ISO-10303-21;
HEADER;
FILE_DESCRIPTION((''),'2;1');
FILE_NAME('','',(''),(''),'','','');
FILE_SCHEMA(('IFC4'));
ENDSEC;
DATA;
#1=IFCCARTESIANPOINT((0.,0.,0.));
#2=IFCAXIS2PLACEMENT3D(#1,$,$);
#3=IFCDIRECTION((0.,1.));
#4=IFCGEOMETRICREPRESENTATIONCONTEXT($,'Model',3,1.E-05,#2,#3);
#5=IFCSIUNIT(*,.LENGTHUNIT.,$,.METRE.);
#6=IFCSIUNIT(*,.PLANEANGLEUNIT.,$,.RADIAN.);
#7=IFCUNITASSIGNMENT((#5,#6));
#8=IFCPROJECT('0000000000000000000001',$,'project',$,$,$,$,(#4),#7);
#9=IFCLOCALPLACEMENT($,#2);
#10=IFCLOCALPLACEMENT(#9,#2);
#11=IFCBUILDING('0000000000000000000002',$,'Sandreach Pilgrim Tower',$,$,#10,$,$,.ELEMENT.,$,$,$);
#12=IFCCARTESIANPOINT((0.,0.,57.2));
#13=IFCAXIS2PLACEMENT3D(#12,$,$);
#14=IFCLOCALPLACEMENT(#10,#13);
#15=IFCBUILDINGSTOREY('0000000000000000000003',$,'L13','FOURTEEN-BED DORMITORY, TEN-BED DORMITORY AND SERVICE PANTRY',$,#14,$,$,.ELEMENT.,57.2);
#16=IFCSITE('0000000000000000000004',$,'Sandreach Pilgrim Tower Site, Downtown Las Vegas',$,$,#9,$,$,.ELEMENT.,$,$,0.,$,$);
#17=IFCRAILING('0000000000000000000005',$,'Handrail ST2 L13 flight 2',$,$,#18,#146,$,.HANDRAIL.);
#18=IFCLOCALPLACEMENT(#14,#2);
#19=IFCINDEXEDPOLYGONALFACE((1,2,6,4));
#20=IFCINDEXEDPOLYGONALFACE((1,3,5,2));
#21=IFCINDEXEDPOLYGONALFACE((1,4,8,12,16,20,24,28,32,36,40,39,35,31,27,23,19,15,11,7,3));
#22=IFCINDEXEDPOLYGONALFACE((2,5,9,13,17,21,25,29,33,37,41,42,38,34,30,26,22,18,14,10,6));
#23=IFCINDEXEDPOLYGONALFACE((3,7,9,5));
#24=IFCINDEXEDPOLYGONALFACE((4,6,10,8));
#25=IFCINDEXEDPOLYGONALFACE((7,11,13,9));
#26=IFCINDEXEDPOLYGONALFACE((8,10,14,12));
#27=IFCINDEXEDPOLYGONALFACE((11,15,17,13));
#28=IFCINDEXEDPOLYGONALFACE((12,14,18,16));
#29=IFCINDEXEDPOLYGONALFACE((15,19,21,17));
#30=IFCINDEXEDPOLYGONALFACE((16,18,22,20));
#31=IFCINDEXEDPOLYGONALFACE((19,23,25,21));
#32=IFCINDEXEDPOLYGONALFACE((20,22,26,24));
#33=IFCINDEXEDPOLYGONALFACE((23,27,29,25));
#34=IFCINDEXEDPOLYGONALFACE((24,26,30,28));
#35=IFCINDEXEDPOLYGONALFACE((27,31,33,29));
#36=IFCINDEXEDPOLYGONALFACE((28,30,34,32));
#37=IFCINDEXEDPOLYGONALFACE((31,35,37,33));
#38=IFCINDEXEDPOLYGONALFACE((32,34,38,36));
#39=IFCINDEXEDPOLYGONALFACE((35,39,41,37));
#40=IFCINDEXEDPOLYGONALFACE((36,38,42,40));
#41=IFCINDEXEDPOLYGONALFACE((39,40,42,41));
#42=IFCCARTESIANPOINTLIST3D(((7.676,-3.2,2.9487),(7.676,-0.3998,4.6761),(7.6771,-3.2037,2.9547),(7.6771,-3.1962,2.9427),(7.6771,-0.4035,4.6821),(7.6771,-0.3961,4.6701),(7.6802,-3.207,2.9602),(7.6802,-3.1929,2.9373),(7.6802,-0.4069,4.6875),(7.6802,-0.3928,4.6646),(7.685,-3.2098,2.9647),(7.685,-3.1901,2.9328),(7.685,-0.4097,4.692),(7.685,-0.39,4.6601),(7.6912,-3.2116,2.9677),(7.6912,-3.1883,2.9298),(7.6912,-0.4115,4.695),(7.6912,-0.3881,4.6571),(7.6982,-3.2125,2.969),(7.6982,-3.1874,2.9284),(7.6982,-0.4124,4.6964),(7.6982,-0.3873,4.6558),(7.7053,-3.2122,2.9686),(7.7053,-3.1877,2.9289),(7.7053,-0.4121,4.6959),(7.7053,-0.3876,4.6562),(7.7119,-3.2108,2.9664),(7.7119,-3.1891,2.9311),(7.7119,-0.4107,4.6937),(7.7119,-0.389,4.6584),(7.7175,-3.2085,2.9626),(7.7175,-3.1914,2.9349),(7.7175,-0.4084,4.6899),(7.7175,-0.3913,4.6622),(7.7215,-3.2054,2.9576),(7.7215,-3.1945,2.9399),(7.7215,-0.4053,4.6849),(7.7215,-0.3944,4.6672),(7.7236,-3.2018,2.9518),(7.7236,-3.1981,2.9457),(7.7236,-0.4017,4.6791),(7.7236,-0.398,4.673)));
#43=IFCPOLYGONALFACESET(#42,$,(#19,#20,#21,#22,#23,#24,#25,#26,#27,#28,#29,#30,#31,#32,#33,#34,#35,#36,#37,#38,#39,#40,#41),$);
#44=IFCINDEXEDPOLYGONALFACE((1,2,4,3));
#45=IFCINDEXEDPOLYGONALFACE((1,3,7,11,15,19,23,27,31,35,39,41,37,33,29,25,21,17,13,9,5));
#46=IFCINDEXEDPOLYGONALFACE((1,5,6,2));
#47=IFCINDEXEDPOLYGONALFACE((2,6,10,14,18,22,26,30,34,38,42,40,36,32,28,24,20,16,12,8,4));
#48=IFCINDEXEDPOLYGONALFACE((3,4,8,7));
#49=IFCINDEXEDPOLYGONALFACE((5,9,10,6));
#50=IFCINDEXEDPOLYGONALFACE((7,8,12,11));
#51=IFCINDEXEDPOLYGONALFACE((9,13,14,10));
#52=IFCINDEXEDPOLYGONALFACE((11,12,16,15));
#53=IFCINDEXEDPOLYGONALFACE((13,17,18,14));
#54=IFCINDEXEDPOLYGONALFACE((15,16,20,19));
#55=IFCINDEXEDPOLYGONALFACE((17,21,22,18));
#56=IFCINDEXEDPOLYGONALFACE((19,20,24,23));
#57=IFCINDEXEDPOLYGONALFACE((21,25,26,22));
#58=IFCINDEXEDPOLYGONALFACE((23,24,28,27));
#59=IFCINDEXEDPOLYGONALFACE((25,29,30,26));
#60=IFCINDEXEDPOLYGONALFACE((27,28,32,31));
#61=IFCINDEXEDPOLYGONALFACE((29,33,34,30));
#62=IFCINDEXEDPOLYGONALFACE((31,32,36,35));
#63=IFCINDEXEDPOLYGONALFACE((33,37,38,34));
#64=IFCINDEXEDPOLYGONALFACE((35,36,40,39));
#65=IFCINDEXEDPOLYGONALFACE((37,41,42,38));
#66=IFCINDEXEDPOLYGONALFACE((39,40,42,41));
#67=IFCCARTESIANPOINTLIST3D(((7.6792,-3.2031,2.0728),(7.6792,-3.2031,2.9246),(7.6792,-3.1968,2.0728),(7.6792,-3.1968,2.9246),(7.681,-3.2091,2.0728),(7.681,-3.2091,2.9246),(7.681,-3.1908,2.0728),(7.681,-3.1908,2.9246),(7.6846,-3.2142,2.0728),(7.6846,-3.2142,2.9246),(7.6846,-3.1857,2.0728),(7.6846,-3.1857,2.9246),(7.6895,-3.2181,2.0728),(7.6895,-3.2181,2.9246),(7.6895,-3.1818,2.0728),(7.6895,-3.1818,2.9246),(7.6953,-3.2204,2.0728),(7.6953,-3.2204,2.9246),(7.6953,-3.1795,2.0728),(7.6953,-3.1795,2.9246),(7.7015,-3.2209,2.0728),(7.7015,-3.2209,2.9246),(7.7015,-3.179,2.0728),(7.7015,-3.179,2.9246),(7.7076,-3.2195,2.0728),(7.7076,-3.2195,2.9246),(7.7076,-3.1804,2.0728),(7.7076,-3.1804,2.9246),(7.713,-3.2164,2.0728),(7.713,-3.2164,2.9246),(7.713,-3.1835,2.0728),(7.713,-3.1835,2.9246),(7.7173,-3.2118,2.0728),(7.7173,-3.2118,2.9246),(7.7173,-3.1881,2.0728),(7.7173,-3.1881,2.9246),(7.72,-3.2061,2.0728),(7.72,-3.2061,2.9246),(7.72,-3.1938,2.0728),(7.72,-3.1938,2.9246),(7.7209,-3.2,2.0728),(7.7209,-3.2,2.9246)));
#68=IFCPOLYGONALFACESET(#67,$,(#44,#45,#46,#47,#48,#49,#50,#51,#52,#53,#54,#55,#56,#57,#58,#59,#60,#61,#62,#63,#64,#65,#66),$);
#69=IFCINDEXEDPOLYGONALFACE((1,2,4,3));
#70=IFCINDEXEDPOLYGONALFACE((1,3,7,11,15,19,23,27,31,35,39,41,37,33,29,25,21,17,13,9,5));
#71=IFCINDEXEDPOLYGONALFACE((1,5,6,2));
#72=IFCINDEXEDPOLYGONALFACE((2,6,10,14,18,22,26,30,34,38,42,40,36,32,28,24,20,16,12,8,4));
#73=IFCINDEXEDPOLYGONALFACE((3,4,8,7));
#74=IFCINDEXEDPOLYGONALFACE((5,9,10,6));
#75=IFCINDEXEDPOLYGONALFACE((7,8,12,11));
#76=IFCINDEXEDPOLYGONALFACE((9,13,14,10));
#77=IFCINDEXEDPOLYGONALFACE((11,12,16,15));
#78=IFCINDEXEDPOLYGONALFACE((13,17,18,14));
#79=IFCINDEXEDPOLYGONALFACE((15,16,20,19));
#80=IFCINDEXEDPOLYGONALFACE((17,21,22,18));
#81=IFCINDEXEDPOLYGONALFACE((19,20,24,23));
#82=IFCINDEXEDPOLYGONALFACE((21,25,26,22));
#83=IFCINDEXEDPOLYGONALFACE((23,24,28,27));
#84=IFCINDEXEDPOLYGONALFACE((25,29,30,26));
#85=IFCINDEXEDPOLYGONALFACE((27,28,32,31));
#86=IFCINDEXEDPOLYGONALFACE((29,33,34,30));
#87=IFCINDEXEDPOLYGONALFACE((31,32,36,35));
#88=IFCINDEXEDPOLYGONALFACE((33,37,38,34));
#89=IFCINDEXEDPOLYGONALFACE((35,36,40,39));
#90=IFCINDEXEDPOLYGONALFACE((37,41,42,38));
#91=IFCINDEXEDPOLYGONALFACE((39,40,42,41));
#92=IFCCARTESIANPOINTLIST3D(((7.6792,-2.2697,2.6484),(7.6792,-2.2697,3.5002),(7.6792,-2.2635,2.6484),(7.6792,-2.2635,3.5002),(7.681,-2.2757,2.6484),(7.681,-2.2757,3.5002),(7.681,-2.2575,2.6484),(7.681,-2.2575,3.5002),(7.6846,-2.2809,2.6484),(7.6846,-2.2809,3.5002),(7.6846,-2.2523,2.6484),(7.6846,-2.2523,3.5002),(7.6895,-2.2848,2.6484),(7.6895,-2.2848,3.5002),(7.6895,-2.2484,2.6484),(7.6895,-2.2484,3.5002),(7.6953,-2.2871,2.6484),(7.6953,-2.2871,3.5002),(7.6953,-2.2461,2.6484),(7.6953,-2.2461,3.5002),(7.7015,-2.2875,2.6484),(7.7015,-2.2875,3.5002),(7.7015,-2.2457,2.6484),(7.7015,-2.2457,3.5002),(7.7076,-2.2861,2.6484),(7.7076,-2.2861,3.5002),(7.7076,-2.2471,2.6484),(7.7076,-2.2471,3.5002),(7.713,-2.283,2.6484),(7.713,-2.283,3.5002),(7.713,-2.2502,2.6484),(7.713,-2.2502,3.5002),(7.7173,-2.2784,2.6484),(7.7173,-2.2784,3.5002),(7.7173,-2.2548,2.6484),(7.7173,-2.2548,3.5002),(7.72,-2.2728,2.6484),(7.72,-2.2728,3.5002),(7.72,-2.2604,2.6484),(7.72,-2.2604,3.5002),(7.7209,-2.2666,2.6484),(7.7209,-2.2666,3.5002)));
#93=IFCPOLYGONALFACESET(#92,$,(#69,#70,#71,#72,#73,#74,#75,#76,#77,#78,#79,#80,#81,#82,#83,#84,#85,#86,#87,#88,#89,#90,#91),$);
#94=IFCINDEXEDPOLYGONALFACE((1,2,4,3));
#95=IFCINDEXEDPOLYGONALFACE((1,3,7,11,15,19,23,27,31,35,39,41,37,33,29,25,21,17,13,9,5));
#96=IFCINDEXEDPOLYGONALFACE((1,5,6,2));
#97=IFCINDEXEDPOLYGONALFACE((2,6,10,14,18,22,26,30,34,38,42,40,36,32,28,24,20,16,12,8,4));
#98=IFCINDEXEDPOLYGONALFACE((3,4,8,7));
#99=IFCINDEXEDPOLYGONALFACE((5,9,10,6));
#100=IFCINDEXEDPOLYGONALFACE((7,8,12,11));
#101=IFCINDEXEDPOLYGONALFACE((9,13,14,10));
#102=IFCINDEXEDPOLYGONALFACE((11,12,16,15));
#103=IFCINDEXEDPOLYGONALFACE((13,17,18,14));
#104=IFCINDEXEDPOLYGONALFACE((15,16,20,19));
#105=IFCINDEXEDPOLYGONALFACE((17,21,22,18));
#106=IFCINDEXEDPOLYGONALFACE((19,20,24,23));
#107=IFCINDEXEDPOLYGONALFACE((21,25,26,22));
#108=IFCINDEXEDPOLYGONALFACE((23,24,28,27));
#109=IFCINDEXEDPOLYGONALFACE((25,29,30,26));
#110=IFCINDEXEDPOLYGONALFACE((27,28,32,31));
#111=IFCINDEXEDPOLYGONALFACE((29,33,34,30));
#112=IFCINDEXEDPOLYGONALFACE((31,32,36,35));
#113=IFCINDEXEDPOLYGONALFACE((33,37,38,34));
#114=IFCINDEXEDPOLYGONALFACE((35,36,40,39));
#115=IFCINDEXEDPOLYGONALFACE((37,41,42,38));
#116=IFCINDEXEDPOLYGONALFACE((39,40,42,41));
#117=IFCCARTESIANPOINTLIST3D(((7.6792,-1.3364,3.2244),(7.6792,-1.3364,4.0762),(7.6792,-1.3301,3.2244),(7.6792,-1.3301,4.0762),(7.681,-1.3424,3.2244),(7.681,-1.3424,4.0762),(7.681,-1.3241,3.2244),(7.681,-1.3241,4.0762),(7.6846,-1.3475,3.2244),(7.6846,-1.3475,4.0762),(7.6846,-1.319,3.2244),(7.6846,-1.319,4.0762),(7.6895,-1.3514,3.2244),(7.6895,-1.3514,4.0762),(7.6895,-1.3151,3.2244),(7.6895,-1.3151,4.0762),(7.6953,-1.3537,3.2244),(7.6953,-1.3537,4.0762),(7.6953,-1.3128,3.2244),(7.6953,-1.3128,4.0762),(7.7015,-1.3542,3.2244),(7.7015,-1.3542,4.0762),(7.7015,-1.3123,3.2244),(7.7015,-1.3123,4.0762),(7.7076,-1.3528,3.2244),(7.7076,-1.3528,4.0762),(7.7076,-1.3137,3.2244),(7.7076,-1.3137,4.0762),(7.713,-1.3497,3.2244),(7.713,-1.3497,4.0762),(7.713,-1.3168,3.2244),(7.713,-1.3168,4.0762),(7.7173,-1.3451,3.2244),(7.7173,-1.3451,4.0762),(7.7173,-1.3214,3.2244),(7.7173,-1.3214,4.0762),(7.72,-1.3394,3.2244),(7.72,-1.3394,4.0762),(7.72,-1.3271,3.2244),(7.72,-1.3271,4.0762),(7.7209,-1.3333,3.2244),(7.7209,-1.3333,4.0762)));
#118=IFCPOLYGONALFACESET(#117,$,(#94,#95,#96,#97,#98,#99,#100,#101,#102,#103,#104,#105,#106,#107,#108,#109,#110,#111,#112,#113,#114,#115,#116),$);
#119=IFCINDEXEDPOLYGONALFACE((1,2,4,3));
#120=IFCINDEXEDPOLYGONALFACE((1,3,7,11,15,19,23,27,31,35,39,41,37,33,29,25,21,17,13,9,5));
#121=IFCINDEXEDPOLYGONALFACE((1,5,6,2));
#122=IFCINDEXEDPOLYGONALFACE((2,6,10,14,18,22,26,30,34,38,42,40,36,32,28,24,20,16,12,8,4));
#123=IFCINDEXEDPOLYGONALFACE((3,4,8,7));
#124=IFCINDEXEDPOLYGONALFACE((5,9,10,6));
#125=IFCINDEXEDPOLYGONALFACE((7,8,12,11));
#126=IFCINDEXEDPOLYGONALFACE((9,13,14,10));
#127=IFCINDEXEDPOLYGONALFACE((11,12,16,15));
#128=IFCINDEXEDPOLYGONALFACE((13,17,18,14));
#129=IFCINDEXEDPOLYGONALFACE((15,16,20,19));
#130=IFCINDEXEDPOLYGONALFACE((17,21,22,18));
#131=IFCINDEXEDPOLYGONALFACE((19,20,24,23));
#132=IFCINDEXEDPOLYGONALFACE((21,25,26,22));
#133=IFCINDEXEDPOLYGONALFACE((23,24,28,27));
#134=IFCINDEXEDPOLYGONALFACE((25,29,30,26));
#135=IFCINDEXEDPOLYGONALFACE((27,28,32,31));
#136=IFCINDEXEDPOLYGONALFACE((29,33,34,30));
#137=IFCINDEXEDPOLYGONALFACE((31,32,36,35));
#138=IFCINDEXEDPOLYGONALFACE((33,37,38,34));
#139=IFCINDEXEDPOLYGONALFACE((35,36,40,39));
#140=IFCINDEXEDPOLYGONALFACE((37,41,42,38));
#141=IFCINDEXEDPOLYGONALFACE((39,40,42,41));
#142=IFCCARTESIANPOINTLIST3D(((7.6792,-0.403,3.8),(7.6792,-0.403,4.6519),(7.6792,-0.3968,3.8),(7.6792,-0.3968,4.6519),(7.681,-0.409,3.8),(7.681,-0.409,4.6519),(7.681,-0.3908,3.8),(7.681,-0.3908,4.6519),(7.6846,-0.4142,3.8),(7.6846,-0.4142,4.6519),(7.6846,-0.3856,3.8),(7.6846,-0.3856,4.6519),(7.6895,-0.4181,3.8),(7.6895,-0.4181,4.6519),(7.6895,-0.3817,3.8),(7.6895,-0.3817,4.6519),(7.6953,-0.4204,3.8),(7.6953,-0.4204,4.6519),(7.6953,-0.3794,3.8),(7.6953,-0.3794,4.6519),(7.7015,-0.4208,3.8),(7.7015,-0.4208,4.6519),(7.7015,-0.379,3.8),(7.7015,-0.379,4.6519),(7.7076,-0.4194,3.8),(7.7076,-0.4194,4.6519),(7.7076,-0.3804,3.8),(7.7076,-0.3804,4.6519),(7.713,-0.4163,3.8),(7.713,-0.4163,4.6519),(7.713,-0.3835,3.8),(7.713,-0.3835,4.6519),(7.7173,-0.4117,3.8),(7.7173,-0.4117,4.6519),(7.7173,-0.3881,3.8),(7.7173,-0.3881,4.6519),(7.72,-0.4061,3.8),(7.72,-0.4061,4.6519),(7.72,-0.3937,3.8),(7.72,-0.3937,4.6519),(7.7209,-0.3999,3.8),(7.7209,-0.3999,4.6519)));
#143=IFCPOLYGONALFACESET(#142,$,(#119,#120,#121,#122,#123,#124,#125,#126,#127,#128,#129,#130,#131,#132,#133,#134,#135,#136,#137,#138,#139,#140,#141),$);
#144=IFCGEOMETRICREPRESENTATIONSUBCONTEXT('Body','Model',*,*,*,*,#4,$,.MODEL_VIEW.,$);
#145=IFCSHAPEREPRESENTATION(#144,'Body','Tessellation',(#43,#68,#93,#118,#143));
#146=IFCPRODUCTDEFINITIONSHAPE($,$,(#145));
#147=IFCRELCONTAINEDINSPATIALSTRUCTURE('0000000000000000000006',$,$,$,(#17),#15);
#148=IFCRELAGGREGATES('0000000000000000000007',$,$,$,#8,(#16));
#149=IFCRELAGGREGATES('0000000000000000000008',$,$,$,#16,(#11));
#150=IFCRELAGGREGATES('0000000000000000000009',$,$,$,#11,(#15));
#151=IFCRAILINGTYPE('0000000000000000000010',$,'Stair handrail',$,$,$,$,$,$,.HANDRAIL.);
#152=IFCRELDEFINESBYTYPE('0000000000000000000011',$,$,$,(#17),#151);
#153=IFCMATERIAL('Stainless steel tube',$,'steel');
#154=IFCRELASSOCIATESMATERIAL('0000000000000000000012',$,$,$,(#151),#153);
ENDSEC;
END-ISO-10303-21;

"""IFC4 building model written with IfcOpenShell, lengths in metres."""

from ifc_helpers import new_model, si_unit, direction, frame, origin, origin_2d, place, context, subcontext, project, spatial, circle, extrude, material, type_object, element, save


model = new_model("IFC4")

# Units and contexts
model_context = context("Model", 3, precision=1e-05, world=origin(), true_north=direction((0.0, 1.0)))
body_context = subcontext(model_context, "Body", "Model", "MODEL_VIEW")
ifc_project = project(units=[si_unit("LENGTHUNIT", "METRE"), si_unit("PLANEANGLEUNIT", "RADIAN")], contexts=[model_context])

# Site, building, storey
site_placement = place(None, origin())
site = spatial("IfcSite", under=ifc_project, at=site_placement, Name="Sandreach Pilgrim Tower Site, Downtown Las Vegas", CompositionType="ELEMENT", RefElevation=0.0)
building_placement = place(site_placement, origin())
building = spatial("IfcBuilding", under=site, at=building_placement, Name="Sandreach Pilgrim Tower", CompositionType="ELEMENT")
storey_placement = place(building_placement, frame((0.0, 0.0, 57.2)))
storey = spatial("IfcBuildingStorey", under=building, at=storey_placement, Name="L13", Description="FOURTEEN-BED DORMITORY, TEN-BED DORMITORY AND SERVICE PANTRY", CompositionType="ELEMENT", Elevation=57.2)

# Railing
ifc_material_1 = material(Name="Stainless steel tube", Category="steel")
railing_type = type_object("IfcRailingType", Name="Stair handrail", PredefinedType="HANDRAIL", material=ifc_material_1)
for number, where, name in (
    (1, (7.7, -3.2, 2.0728), "Handrail ST2 L13 flight 2"),
):
    element("IfcRailing", number, at=place(storey_placement, frame(where)), inside=storey, type_object=railing_type, Name=name, PredefinedType="HANDRAIL", context=body_context, shape_type="SweptSolid", body=[
        extrude(circle(Radius=0.0239, at=origin_2d()), frame((0.0, 0.0, 0.876), z_axis=(0.0, 0.85109, 0.52502), x_axis=(-1.0, 0.0, 0.0)), (0.0, 0.0, 1.0), 3.29),
        extrude(circle(Radius=0.021, at=origin_2d()), origin(), (0.0, 0.0, 1.0), 0.8518),
        extrude(circle(Radius=0.021, at=origin_2d()), frame((0.0, 0.9333, 0.5757)), (0.0, 0.0, 1.0), 0.8518),
        extrude(circle(Radius=0.021, at=origin_2d()), frame((0.0, 1.8667, 1.1516)), (0.0, 0.0, 1.0), 0.8518),
        extrude(circle(Radius=0.021, at=origin_2d()), frame((0.0, 2.8, 1.7273)), (0.0, 0.0, 1.0), 0.8518),
    ])

save(model, "model.ifc")
